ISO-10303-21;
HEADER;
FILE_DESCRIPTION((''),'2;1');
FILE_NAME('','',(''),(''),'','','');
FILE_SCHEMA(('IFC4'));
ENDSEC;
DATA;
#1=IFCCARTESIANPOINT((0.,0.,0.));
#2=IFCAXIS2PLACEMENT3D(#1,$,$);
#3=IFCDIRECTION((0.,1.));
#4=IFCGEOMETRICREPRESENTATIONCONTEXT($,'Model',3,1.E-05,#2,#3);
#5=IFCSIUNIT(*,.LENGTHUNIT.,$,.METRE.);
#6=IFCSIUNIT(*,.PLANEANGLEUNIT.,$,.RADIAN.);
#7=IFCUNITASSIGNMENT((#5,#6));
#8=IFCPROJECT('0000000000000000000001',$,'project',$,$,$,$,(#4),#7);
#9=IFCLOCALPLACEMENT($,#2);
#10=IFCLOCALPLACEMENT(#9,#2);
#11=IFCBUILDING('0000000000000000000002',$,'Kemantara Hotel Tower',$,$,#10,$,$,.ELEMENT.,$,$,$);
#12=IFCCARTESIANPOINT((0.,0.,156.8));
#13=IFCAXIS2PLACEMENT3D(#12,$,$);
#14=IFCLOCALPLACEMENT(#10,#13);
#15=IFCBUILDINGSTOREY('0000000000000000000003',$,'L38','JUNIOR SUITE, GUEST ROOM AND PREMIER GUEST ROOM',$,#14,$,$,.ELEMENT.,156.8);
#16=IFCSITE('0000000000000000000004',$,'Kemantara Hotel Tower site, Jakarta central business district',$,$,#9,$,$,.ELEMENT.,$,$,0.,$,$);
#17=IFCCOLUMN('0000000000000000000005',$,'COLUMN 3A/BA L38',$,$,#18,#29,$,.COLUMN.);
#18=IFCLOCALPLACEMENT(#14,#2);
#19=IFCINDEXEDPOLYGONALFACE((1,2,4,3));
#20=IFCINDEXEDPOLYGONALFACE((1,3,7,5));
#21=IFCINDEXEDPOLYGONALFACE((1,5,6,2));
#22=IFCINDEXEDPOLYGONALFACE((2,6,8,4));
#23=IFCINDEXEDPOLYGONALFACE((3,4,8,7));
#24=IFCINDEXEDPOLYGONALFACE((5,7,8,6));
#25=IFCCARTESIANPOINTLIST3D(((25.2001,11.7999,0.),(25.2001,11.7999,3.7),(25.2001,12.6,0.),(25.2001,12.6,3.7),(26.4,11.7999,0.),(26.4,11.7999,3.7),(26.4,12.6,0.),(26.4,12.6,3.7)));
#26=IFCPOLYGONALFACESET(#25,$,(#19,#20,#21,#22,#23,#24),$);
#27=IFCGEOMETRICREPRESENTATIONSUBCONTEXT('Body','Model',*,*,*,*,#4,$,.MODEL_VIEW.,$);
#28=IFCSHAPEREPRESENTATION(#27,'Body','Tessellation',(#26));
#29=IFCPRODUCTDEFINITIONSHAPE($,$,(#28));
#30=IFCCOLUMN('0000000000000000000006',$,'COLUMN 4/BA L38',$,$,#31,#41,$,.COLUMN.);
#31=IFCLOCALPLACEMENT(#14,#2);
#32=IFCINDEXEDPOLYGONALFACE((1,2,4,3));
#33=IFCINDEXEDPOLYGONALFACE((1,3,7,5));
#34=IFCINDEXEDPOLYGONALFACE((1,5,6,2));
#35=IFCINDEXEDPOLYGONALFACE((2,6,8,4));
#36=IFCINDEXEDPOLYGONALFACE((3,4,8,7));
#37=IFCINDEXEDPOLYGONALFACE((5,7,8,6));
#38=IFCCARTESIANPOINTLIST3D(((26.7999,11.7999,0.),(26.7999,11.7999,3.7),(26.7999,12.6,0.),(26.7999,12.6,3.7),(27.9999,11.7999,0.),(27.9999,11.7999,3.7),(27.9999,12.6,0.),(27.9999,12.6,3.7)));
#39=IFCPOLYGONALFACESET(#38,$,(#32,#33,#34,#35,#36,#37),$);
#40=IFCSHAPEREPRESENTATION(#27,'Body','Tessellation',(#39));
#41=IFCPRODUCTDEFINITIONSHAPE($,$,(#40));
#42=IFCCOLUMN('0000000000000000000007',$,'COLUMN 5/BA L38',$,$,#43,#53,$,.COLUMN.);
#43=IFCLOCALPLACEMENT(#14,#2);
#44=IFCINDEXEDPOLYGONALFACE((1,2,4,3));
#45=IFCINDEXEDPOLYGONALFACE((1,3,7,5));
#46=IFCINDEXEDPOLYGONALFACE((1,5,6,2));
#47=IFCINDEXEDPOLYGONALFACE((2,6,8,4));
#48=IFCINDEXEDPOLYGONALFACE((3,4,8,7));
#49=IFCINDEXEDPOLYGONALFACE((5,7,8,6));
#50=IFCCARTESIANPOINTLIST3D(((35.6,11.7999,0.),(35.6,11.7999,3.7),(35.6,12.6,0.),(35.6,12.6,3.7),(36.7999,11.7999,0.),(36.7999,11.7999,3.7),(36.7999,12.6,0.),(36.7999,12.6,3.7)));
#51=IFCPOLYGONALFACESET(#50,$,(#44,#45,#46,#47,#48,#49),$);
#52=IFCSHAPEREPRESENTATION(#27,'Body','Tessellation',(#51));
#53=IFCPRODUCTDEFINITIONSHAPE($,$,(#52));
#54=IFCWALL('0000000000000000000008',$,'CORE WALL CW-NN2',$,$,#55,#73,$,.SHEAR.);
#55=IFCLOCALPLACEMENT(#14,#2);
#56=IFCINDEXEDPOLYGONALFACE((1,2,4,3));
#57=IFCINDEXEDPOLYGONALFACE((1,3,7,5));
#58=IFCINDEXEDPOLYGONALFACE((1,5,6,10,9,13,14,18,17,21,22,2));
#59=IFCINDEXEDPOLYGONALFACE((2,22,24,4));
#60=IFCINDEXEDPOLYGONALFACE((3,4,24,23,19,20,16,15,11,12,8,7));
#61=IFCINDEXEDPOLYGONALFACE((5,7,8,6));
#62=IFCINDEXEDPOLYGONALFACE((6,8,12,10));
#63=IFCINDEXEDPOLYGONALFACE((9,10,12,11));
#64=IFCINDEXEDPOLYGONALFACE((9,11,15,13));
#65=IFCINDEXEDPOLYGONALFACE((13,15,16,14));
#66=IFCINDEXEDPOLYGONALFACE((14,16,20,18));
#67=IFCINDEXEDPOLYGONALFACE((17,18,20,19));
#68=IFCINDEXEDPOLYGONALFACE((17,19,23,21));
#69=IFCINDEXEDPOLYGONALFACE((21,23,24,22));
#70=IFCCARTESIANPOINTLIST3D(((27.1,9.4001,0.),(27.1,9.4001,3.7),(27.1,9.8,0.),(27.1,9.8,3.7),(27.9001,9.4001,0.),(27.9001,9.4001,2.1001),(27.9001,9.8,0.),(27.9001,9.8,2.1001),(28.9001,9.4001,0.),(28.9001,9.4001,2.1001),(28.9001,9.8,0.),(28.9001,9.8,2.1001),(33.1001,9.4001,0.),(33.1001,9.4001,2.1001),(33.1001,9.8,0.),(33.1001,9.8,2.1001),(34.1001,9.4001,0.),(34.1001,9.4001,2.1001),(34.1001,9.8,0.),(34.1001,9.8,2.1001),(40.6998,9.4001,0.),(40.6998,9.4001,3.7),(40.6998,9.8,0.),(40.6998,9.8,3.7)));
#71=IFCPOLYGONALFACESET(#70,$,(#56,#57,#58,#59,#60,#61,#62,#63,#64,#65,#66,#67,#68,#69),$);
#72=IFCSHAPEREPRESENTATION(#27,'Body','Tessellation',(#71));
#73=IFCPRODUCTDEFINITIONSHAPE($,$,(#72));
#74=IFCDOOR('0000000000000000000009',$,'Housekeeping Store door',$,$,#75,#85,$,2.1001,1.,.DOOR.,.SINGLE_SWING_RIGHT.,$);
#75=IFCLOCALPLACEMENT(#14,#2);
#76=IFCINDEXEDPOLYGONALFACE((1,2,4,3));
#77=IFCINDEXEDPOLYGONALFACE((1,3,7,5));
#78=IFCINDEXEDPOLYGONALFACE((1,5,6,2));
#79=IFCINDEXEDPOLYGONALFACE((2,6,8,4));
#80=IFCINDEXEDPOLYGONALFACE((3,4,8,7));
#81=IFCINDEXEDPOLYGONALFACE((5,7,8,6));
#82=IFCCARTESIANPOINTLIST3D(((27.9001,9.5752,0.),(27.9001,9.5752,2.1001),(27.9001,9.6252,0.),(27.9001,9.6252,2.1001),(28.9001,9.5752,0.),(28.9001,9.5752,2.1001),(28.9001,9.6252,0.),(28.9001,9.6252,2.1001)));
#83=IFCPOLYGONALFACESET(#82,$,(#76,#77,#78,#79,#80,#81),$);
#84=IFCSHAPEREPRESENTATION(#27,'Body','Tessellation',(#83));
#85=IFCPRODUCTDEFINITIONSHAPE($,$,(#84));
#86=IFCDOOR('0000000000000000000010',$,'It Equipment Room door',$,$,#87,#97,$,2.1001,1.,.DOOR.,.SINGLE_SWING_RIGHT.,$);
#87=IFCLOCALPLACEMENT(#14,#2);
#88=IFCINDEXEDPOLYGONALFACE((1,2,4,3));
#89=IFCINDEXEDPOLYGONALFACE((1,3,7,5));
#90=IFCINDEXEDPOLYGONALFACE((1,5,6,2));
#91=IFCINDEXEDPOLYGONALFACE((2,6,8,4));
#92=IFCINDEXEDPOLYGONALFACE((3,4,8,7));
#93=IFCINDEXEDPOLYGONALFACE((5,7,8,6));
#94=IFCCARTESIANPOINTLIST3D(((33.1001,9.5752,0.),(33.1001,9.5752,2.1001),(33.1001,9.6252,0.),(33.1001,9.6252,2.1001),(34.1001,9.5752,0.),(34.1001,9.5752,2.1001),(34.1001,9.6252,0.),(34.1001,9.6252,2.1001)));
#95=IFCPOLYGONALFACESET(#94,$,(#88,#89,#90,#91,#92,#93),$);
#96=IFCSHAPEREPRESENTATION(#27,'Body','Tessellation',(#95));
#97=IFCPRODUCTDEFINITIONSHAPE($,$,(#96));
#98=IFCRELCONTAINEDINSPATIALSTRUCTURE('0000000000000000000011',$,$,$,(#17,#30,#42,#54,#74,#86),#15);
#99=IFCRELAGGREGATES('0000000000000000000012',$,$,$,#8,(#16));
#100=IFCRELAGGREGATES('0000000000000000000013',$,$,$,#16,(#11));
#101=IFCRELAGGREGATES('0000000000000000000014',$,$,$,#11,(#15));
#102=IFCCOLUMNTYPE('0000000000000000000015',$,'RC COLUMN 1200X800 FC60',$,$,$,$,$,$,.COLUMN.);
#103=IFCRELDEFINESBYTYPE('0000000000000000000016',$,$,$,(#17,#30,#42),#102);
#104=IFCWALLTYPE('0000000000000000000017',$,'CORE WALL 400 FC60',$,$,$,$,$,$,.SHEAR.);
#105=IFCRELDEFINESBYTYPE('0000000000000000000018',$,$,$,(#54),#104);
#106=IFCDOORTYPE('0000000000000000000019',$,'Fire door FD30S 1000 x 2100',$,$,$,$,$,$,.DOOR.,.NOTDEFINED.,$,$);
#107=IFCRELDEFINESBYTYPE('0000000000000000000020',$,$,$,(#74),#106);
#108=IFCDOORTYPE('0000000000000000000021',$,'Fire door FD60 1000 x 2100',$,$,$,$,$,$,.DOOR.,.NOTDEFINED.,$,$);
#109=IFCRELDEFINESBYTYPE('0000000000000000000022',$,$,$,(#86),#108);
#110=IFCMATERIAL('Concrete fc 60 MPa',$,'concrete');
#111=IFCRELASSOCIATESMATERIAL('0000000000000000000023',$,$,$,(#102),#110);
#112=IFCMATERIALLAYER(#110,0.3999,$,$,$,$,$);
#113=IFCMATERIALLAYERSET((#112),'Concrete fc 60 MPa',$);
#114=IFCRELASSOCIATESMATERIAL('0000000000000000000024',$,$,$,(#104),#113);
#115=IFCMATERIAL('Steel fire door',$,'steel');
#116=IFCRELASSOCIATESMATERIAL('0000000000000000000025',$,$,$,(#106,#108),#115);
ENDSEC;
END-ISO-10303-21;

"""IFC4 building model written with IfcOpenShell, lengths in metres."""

from ifc_helpers import new_model, si_unit, direction, frame, frame_2d, origin, origin_2d, place, context, subcontext, project, spatial, rectangle, extrude, material, layer, layer_set, material_profile, profile_set, type_object, element, fill, save


model = new_model("IFC4")

# Units and contexts
model_context = context("Model", 3, precision=1e-05, world=origin(), true_north=direction((0.0, 1.0)))
body_context = subcontext(model_context, "Body", "Model", "MODEL_VIEW")
ifc_project = project(units=[si_unit("LENGTHUNIT", "METRE"), si_unit("PLANEANGLEUNIT", "RADIAN")], contexts=[model_context])

# Site, building, storey
site_placement = place(None, origin())
site = spatial("IfcSite", under=ifc_project, at=site_placement, Name="Kemantara Hotel Tower site, Jakarta central business district", CompositionType="ELEMENT", RefElevation=0.0)
building_placement = place(site_placement, origin())
building = spatial("IfcBuilding", under=site, at=building_placement, Name="Kemantara Hotel Tower", CompositionType="ELEMENT")
storey_placement = place(building_placement, frame((0.0, 0.0, 156.8)))
storey = spatial("IfcBuildingStorey", under=building, at=storey_placement, Name="L38", Description="JUNIOR SUITE, GUEST ROOM AND PREMIER GUEST ROOM", CompositionType="ELEMENT", Elevation=156.8)

# Columns
ifc_material_1 = material(Name="Concrete fc 60 MPa", Category="concrete")
ifc_material_profile = material_profile(ifc_material_1, rectangle(XDim=1.2, YDim=0.8, at=origin_2d()), Name="RC 1200X800")
ifc_profile_set = profile_set([ifc_material_profile], Name="Concrete fc 60 MPa")
column_type = type_object("IfcColumnType", Name="RC COLUMN 1200X800 FC60", PredefinedType="COLUMN", material=ifc_profile_set)
for number, where, z_axis, x_axis, name in (
    (1, (25.8, 12.2, 0.0), (0.0, 0.0, 1.0), (1.0, 0.0, 0.0), "COLUMN 3A/BA L38"),
    (2, (27.3999, 12.2, 0.0), (0.0, 0.0, 1.0), (1.0, 0.0, 0.0), "COLUMN 4/BA L38"),
    (3, (36.2, 12.2, 0.0), (0.0, 0.0, 1.0), (1.0, 0.0, 0.0), "COLUMN 5/BA L38"),
):
    element("IfcColumn", number, at=place(storey_placement, frame(where, z_axis=z_axis, x_axis=x_axis)), inside=storey, type_object=column_type, Name=name, PredefinedType="COLUMN", context=body_context, shape_type="SweptSolid", body=[
        extrude(rectangle(XDim=1.2, YDim=0.8, at=origin_2d()), origin(), (0.0, 0.0, 1.0), 3.7),
    ])

# Wall, openings, doors
ifc_layer_1 = layer(ifc_material_1, 0.3999)
ifc_layer_set_1 = layer_set([ifc_layer_1], Name="Concrete fc 60 MPa")
wall_type_1 = type_object("IfcWallType", Name="CORE WALL 400 FC60", PredefinedType="SHEAR", material=ifc_layer_set_1)
wall_1_placement = place(storey_placement, frame((27.1001, 9.6001, 0.0), z_axis=(0.0, 0.0, 1.0), x_axis=(1.0, 0.0, 0.0)))
wall_1 = element("IfcWall", 4, at=wall_1_placement, inside=storey, type_object=wall_type_1, Name="CORE WALL CW-NN2", PredefinedType="SHEAR", context=body_context, shape_type="SweptSolid", body=[
    extrude(rectangle(XDim=13.5999, YDim=0.3999, at=frame_2d((6.7998, 0.0))), origin(), (0.0, 0.0, 1.0), 3.7),
])
opening_1_placement = place(wall_1_placement, frame((0.8, 0.0, 0.0)))
opening_1 = element("IfcOpeningElement", 5, at=opening_1_placement, cuts=wall_1, PredefinedType="OPENING", context=body_context, shape_type="SweptSolid", body=[
    extrude(rectangle(XDim=1.0, YDim=2.1001, at=frame_2d((0.5, 1.05))), frame((0.0, 0.21, 0.0), z_axis=(0.0, -1.0, 0.0), x_axis=(1.0, 0.0, 0.0)), (0.0, 0.0, 1.0), 0.4199),
])
opening_2_placement = place(wall_1_placement, frame((6.0, 0.0, 0.0)))
opening_2 = element("IfcOpeningElement", 6, at=opening_2_placement, cuts=wall_1, PredefinedType="OPENING", context=body_context, shape_type="SweptSolid", body=[
    extrude(rectangle(XDim=1.0, YDim=2.1001, at=frame_2d((0.5, 1.05))), frame((0.0, 0.21, 0.0), z_axis=(0.0, -1.0, 0.0), x_axis=(1.0, 0.0, 0.0)), (0.0, 0.0, 1.0), 0.4199),
])
ifc_material_2 = material(Name="Steel fire door", Category="steel")
door_type_1 = type_object("IfcDoorType", Name="Fire door FD30S 1000 x 2100", OperationType="NOTDEFINED", PredefinedType="DOOR", material=ifc_material_2)
door_1_placement = place(opening_1_placement, frame((1.0, 0.0, 0.0), z_axis=(0.0, 0.0, 1.0), x_axis=(-1.0, 0.0, 0.0)))
door_1 = element("IfcDoor", 7, at=door_1_placement, inside=storey, type_object=door_type_1, Name="Housekeeping Store door", OperationType="SINGLE_SWING_RIGHT", OverallHeight=2.1001, OverallWidth=1.0, PredefinedType="DOOR", context=body_context, shape_type="SweptSolid", body=[
    extrude(rectangle(XDim=1.0, YDim=2.1001, at=frame_2d((0.5, 1.05))), frame((0.0, 0.0249, 0.0), z_axis=(0.0, -1.0, 0.0), x_axis=(1.0, 0.0, 0.0)), (0.0, 0.0, 1.0), 0.05),
])
fill(opening_1, door_1)
door_type_2 = type_object("IfcDoorType", Name="Fire door FD60 1000 x 2100", OperationType="NOTDEFINED", PredefinedType="DOOR", material=ifc_material_2)
door_2_placement = place(opening_2_placement, frame((1.0, 0.0, 0.0), z_axis=(0.0, 0.0, 1.0), x_axis=(-1.0, 0.0, 0.0)))
door_2 = element("IfcDoor", 8, at=door_2_placement, inside=storey, type_object=door_type_2, Name="It Equipment Room door", OperationType="SINGLE_SWING_RIGHT", OverallHeight=2.1001, OverallWidth=1.0, PredefinedType="DOOR", context=body_context, shape_type="SweptSolid", body=[
    extrude(rectangle(XDim=1.0, YDim=2.1001, at=frame_2d((0.5, 1.05))), frame((0.0, 0.0249, 0.0), z_axis=(0.0, -1.0, 0.0), x_axis=(1.0, 0.0, 0.0)), (0.0, 0.0, 1.0), 0.05),
])
fill(opening_2, door_2)

save(model, "model.ifc")
